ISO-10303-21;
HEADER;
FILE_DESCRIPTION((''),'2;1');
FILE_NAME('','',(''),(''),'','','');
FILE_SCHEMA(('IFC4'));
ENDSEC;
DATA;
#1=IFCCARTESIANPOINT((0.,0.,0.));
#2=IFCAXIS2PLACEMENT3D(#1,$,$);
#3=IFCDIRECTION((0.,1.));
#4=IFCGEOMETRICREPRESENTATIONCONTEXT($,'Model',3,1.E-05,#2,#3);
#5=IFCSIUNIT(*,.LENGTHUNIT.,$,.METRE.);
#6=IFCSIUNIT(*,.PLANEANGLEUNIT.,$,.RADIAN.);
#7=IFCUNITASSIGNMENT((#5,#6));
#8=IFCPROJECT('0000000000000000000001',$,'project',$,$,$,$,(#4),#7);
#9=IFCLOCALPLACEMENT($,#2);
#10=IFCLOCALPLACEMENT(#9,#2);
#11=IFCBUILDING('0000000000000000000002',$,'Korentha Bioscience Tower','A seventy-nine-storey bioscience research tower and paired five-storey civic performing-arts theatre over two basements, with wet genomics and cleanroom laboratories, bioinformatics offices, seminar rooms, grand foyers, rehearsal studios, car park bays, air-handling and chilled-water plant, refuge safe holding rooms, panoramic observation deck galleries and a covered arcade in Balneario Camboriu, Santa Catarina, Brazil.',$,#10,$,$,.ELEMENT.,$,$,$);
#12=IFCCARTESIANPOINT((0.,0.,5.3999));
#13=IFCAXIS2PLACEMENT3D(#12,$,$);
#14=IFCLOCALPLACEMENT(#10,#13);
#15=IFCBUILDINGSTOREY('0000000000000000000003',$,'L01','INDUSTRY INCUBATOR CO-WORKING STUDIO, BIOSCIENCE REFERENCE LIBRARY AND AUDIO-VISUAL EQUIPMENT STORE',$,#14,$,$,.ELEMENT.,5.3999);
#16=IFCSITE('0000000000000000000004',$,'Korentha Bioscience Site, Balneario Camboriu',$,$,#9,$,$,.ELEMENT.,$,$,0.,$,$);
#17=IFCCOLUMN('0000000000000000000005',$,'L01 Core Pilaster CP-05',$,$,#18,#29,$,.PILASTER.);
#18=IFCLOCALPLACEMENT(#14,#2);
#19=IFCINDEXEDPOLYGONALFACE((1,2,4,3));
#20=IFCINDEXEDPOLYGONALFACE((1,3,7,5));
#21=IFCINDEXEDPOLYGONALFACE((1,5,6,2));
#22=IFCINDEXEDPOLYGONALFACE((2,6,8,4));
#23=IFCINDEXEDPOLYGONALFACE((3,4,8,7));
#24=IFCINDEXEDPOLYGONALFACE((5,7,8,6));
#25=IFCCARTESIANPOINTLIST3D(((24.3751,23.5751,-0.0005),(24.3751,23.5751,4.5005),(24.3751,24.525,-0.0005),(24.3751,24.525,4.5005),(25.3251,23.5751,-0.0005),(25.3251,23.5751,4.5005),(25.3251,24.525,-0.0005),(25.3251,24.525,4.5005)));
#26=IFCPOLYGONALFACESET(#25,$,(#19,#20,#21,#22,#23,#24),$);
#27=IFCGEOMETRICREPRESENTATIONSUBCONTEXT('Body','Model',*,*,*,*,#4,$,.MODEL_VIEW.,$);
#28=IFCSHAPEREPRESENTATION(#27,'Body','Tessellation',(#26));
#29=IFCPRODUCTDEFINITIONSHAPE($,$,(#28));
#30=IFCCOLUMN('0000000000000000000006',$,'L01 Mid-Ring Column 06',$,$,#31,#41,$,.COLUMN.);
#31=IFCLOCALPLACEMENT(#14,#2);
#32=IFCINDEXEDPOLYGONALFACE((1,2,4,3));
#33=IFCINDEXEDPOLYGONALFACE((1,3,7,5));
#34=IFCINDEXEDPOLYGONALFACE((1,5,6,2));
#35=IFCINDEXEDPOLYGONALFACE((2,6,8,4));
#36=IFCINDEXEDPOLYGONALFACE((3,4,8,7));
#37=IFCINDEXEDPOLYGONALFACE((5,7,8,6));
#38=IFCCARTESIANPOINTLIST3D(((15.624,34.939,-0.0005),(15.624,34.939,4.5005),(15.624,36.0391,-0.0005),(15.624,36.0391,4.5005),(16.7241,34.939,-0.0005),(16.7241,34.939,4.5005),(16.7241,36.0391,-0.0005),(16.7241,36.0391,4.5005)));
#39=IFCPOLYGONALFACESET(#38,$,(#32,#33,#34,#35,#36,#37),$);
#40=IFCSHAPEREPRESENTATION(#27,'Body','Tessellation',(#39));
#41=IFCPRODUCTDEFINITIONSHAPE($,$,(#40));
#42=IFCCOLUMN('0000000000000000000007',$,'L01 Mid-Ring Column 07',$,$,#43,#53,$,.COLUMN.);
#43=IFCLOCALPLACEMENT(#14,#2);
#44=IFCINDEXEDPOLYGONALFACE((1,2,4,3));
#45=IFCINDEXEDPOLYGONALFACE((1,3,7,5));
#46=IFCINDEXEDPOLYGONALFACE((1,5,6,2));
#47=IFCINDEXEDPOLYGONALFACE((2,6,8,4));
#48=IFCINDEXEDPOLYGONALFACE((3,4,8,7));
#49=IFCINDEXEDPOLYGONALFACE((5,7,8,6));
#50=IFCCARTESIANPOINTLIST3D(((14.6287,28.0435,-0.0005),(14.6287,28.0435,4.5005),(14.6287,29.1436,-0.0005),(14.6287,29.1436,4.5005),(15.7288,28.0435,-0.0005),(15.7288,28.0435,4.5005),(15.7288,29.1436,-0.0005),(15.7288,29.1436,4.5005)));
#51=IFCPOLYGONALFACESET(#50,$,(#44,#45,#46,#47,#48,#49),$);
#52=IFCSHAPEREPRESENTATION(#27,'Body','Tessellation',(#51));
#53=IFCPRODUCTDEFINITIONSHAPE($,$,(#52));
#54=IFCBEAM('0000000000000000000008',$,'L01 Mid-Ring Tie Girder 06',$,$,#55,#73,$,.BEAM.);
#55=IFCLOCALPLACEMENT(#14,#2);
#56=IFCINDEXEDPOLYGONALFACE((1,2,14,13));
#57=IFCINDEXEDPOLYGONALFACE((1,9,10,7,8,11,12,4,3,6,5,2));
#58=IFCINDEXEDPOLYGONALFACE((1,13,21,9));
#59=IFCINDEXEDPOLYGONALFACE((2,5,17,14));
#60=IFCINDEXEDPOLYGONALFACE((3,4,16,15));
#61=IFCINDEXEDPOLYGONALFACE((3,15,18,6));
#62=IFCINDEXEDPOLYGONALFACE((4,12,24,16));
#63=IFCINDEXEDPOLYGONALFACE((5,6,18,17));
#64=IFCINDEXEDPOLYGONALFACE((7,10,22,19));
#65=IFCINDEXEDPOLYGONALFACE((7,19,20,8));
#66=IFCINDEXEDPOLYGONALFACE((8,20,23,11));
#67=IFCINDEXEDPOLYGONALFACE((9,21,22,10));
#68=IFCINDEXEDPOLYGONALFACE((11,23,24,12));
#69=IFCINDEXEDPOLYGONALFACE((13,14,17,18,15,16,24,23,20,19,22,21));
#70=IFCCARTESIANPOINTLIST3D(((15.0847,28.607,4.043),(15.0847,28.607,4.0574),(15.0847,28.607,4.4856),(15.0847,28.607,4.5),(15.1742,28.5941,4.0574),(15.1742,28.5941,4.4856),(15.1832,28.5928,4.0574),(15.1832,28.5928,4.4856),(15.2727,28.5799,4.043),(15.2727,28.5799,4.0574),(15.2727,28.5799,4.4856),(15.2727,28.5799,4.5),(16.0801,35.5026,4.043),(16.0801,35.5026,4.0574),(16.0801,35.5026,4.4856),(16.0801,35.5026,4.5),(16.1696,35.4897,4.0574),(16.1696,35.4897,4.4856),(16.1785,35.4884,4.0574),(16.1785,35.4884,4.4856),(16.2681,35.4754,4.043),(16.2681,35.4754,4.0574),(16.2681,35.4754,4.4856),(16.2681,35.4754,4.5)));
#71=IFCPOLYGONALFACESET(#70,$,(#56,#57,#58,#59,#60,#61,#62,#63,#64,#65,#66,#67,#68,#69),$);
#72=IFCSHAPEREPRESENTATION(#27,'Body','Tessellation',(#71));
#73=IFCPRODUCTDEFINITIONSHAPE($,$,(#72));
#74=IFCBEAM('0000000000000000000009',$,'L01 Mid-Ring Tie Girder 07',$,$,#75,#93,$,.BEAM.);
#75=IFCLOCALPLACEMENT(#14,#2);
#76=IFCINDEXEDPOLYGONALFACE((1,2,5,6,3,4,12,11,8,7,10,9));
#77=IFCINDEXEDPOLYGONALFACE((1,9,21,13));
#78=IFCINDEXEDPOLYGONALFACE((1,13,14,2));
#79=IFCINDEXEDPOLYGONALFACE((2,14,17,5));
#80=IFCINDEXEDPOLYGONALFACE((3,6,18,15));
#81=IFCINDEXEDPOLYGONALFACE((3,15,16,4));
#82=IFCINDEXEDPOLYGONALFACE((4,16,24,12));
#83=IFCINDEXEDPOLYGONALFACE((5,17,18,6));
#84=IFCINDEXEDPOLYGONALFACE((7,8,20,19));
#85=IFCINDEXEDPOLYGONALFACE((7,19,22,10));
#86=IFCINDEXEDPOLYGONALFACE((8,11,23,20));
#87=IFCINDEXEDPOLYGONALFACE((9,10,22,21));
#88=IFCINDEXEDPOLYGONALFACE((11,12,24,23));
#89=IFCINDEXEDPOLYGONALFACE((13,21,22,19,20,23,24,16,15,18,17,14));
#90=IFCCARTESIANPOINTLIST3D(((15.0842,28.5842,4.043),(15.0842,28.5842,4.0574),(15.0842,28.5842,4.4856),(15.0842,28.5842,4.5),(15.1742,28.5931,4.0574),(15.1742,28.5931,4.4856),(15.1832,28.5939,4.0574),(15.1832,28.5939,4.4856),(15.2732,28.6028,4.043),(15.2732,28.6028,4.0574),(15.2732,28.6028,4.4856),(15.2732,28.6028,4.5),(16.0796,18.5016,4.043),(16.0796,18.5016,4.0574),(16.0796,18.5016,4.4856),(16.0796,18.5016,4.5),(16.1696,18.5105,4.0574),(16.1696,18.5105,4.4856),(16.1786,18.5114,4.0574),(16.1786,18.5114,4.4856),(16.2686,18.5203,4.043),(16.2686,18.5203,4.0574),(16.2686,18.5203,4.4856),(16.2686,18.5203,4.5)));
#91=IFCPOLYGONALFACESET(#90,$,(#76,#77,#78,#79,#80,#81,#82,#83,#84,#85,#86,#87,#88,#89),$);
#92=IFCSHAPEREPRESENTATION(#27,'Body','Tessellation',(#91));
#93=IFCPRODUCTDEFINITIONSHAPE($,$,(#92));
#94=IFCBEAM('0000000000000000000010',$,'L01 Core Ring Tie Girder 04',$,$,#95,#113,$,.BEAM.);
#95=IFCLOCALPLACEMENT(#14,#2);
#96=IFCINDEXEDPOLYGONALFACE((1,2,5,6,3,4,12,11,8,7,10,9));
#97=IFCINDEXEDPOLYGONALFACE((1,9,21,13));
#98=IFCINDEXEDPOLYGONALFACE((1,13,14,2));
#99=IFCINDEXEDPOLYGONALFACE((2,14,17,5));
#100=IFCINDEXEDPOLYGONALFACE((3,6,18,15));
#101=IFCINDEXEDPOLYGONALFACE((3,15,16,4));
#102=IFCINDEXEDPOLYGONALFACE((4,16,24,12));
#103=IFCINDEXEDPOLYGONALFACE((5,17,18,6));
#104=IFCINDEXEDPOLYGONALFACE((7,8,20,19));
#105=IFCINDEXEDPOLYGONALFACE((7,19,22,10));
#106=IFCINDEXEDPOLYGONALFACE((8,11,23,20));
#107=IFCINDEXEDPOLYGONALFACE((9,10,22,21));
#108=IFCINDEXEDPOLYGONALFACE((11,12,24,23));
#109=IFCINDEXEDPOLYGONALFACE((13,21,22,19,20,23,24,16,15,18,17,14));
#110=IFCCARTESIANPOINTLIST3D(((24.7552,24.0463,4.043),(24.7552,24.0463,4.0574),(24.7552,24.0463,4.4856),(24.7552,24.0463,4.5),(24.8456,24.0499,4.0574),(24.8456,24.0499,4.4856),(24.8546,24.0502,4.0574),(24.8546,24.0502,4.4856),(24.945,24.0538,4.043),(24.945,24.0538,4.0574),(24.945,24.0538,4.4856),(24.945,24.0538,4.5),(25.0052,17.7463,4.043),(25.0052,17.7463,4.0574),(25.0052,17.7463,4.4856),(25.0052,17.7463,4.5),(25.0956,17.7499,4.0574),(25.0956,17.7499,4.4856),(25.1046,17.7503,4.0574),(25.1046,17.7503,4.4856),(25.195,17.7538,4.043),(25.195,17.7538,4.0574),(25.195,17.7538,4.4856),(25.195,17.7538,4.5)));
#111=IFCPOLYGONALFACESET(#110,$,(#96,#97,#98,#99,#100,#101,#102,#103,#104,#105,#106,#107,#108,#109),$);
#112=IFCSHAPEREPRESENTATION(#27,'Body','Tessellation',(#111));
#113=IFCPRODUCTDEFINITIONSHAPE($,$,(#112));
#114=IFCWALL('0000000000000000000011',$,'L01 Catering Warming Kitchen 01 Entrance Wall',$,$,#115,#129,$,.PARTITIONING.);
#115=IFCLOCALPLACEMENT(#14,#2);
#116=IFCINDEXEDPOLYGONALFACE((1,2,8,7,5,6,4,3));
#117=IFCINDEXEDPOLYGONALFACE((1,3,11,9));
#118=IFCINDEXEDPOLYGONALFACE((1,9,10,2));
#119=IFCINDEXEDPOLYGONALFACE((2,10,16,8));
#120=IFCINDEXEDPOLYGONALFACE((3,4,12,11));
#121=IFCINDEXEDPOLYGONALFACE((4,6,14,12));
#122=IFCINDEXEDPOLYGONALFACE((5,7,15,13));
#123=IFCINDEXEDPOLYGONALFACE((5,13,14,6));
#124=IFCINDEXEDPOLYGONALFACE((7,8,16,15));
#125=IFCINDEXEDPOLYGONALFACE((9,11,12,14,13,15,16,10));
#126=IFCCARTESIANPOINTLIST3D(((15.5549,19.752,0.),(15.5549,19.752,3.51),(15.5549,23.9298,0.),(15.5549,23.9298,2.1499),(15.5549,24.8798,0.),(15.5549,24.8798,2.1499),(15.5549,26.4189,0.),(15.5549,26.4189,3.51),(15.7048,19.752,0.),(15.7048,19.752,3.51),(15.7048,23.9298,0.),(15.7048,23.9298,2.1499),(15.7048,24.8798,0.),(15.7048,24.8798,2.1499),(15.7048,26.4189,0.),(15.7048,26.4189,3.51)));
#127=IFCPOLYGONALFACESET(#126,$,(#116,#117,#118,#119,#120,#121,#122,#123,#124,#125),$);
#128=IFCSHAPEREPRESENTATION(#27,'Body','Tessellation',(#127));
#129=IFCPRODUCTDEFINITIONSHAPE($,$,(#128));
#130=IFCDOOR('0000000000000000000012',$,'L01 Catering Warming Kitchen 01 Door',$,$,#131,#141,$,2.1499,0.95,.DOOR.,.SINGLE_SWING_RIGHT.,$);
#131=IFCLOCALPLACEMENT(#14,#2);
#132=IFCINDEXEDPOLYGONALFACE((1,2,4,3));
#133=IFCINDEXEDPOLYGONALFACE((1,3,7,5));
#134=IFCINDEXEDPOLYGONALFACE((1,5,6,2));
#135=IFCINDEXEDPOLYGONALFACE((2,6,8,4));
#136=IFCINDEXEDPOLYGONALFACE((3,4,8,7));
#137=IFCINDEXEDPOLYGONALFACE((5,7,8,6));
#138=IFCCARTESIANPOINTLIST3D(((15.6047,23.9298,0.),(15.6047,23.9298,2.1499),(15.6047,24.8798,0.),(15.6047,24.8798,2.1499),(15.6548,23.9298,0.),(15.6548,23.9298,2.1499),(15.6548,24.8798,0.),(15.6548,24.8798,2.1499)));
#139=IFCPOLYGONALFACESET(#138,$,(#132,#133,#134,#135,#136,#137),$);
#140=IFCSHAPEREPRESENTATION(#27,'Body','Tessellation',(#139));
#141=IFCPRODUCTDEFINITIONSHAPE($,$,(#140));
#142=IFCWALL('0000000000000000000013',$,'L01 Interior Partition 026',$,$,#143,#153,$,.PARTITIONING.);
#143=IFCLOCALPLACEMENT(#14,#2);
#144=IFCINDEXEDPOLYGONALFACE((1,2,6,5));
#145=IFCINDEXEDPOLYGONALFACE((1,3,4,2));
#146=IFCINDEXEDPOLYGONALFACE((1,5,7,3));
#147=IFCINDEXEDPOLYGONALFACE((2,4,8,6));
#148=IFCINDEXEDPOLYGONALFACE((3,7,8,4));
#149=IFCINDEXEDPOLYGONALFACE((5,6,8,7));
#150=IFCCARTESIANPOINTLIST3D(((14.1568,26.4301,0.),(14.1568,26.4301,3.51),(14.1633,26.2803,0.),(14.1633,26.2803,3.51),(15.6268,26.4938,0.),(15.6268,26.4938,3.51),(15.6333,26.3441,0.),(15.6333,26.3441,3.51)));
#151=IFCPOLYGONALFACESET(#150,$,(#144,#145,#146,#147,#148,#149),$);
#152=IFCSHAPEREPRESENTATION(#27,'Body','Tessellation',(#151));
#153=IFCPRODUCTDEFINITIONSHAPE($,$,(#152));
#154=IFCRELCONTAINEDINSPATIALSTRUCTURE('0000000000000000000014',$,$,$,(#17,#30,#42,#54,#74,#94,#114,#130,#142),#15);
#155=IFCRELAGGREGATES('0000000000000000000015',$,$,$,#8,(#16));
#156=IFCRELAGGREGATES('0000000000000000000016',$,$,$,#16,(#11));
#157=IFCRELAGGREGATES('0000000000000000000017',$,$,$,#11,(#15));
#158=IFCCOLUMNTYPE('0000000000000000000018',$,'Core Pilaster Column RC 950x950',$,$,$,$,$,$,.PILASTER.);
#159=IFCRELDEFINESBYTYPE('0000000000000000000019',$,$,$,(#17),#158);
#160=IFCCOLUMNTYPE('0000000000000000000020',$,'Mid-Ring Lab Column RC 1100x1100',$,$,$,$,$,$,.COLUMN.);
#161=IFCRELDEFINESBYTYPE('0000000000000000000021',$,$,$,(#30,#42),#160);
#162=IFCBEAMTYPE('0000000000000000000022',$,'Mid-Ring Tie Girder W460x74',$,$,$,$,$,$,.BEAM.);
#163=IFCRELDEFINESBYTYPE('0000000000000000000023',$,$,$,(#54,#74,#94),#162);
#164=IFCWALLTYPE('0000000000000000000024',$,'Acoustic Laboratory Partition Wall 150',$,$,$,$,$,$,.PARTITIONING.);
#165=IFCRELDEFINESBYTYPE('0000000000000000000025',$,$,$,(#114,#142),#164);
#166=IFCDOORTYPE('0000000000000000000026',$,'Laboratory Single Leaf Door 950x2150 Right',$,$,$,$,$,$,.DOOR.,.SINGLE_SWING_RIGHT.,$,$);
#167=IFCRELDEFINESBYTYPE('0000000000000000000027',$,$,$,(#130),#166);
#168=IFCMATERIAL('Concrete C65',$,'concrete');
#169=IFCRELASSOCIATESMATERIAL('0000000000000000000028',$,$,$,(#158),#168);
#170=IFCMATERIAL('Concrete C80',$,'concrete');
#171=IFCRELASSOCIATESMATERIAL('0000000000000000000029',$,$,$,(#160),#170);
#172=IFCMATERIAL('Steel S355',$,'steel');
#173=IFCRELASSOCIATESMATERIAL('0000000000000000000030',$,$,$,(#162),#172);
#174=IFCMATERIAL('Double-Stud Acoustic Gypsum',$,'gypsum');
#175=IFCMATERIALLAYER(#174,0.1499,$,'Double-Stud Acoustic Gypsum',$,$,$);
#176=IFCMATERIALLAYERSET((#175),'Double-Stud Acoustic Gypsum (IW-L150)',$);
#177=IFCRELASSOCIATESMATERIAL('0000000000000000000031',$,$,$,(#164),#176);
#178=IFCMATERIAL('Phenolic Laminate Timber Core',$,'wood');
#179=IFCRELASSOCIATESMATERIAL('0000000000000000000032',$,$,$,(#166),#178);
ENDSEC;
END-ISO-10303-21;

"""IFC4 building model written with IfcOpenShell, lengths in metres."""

from ifc_helpers import new_model, si_unit, direction, frame, frame_2d, origin, origin_2d, place, context, subcontext, project, spatial, rectangle, i_section, extrude, material, layer, layer_set, material_profile, profile_set, type_object, element, fill, save


model = new_model("IFC4")

# Units and contexts
model_context = context("Model", 3, precision=1e-05, world=origin(), true_north=direction((0.0, 1.0)))
body_context = subcontext(model_context, "Body", "Model", "MODEL_VIEW")
ifc_project = project(units=[si_unit("LENGTHUNIT", "METRE"), si_unit("PLANEANGLEUNIT", "RADIAN")], contexts=[model_context])

# Site, building, storey
site_placement = place(None, origin())
site = spatial("IfcSite", under=ifc_project, at=site_placement, Name="Korentha Bioscience Site, Balneario Camboriu", CompositionType="ELEMENT", RefElevation=0.0)
building_placement = place(site_placement, origin())
building = spatial("IfcBuilding", under=site, at=building_placement, Name="Korentha Bioscience Tower", Description="A seventy-nine-storey bioscience research tower and paired five-storey civic performing-arts theatre over two basements, with wet genomics and cleanroom laboratories, bioinformatics offices, seminar rooms, grand foyers, rehearsal studios, car park bays, air-handling and chilled-water plant, refuge safe holding rooms, panoramic observation deck galleries and a covered arcade in Balneario Camboriu, Santa Catarina, Brazil.", CompositionType="ELEMENT")
storey_placement = place(building_placement, frame((0.0, 0.0, 5.3999)))
storey = spatial("IfcBuildingStorey", under=building, at=storey_placement, Name="L01", Description="INDUSTRY INCUBATOR CO-WORKING STUDIO, BIOSCIENCE REFERENCE LIBRARY AND AUDIO-VISUAL EQUIPMENT STORE", CompositionType="ELEMENT", Elevation=5.3999)

# Columns
ifc_material_1 = material(Name="Concrete C65", Category="concrete")
ifc_material_profile_1 = material_profile(ifc_material_1, rectangle(XDim=0.95, YDim=0.95, at=origin_2d()), Name="Concrete C65")
ifc_profile_set_1 = profile_set([ifc_material_profile_1], Name="Concrete C65 (COL-CP09)")
column_type_1 = type_object("IfcColumnType", Name="Core Pilaster Column RC 950x950", PredefinedType="PILASTER", material=ifc_profile_set_1)
column_placement = place(storey_placement, frame((24.8501, 24.05, -0.0005), z_axis=(0.0, 0.0, 1.0), x_axis=(1.0, 0.0, 0.0)))
element("IfcColumn", 1, at=column_placement, inside=storey, type_object=column_type_1, Name="L01 Core Pilaster CP-05", PredefinedType="PILASTER", context=body_context, shape_type="SweptSolid", body=[
    extrude(rectangle(XDim=0.95, YDim=0.95, at=origin_2d()), origin(), (0.0, 0.0, 1.0), 4.501),
])
ifc_material_2 = material(Name="Concrete C80", Category="concrete")
ifc_material_profile_2 = material_profile(ifc_material_2, rectangle(XDim=1.1001, YDim=1.1001, at=origin_2d()), Name="Concrete C80")
ifc_profile_set_2 = profile_set([ifc_material_profile_2], Name="Concrete C80 (COL-MR11)")
column_type_2 = type_object("IfcColumnType", Name="Mid-Ring Lab Column RC 1100x1100", PredefinedType="COLUMN", material=ifc_profile_set_2)
for number, where, z_axis, x_axis, name in (
    (2, (16.1741, 35.489, -0.0005), (0.0, 0.0, 1.0), (1.0, 0.0, 0.0), "L01 Mid-Ring Column 06"),
    (3, (15.1787, 28.5935, -0.0005), (0.0, 0.0, 1.0), (1.0, 0.0, 0.0), "L01 Mid-Ring Column 07"),
):
    element("IfcColumn", number, at=place(storey_placement, frame(where, z_axis=z_axis, x_axis=x_axis)), inside=storey, type_object=column_type_2, Name=name, PredefinedType="COLUMN", context=body_context, shape_type="SweptSolid", body=[
        extrude(rectangle(XDim=1.1001, YDim=1.1001, at=origin_2d()), origin(), (0.0, 0.0, 1.0), 4.501),
    ])

# Beams
ifc_material_3 = material(Name="Steel S355", Category="steel")
ifc_material_profile_3 = material_profile(ifc_material_3, i_section(OverallWidth=0.1899, OverallDepth=0.457, WebThickness=0.009, FlangeThickness=0.0144, at=origin_2d()), Name="Steel S355")
ifc_profile_set_3 = profile_set([ifc_material_profile_3], Name="Steel S355 (MB-460)")
beam_type = type_object("IfcBeamType", Name="Mid-Ring Tie Girder W460x74", PredefinedType="BEAM", material=ifc_profile_set_3)
beam_1_placement = place(storey_placement, frame((16.1741, 35.489, 4.2715), z_axis=(-0.142868, -0.989742, 0.0), x_axis=(0.989742, -0.142868, 0.0)))
element("IfcBeam", 4, at=beam_1_placement, inside=storey, type_object=beam_type, Name="L01 Mid-Ring Tie Girder 06", PredefinedType="BEAM", context=body_context, shape_type="SweptSolid", body=[
    extrude(i_section(OverallWidth=0.1899, OverallDepth=0.457, WebThickness=0.009, FlangeThickness=0.0144, at=origin_2d()), origin(), (0.0, 0.0, 1.0), 6.967),
])
beam_2_placement = place(storey_placement, frame((15.1787, 28.5935, 4.2715), z_axis=(0.098244, -0.995162, 0.0), x_axis=(0.995162, 0.098244, 0.0)))
element("IfcBeam", 5, at=beam_2_placement, inside=storey, type_object=beam_type, Name="L01 Mid-Ring Tie Girder 07", PredefinedType="BEAM", context=body_context, shape_type="SweptSolid", body=[
    extrude(i_section(OverallWidth=0.1899, OverallDepth=0.457, WebThickness=0.009, FlangeThickness=0.0144, at=origin_2d()), origin(), (0.0, 0.0, 1.0), 10.1316),
])
beam_3_placement = place(storey_placement, frame((24.8501, 24.05, 4.2715), z_axis=(0.039651, -0.999214, 0.0), x_axis=(0.999214, 0.039651, 0.0)))
element("IfcBeam", 6, at=beam_3_placement, inside=storey, type_object=beam_type, Name="L01 Core Ring Tie Girder 04", PredefinedType="BEAM", context=body_context, shape_type="SweptSolid", body=[
    extrude(i_section(OverallWidth=0.1899, OverallDepth=0.457, WebThickness=0.009, FlangeThickness=0.0144, at=origin_2d()), origin(), (0.0, 0.0, 1.0), 6.3049),
])

# Wall, opening, door
ifc_material_4 = material(Name="Double-Stud Acoustic Gypsum", Category="gypsum")
ifc_layer_1 = layer(ifc_material_4, 0.1499, Name="Double-Stud Acoustic Gypsum")
ifc_layer_set_1 = layer_set([ifc_layer_1], Name="Double-Stud Acoustic Gypsum (IW-L150)")
wall_type_1 = type_object("IfcWallType", Name="Acoustic Laboratory Partition Wall 150", PredefinedType="PARTITIONING", material=ifc_layer_set_1)
wall_1_placement = place(storey_placement, frame((15.6299, 26.4189, 0.0), z_axis=(0.0, 0.0, 1.0), x_axis=(0.0, -1.0, 0.0)))
wall_1 = element("IfcWall", 7, at=wall_1_placement, inside=storey, type_object=wall_type_1, Name="L01 Catering Warming Kitchen 01 Entrance Wall", PredefinedType="PARTITIONING", context=body_context, shape_type="SweptSolid", body=[
    extrude(rectangle(XDim=6.667, YDim=0.1499, at=frame_2d((3.3335, 0.0))), origin(), (0.0, 0.0, 1.0), 3.51),
])
opening_1_placement = place(wall_1_placement, frame((1.5391, 0.0, 0.0)))
opening_1 = element("IfcOpeningElement", 8, at=opening_1_placement, cuts=wall_1, PredefinedType="OPENING", context=body_context, shape_type="SweptSolid", body=[
    extrude(rectangle(XDim=0.95, YDim=2.1499, at=frame_2d((0.4751, 1.075))), frame((0.0, 0.0898, 0.0), z_axis=(0.0, -1.0, 0.0), x_axis=(1.0, 0.0, 0.0)), (0.0, 0.0, 1.0), 0.1797),
])
ifc_material_5 = material(Name="Phenolic Laminate Timber Core", Category="wood")
door_type_1 = type_object("IfcDoorType", Name="Laboratory Single Leaf Door 950x2150 Right", OperationType="SINGLE_SWING_RIGHT", PredefinedType="DOOR", material=ifc_material_5)
door_1_placement = place(opening_1_placement, origin())
door_1 = element("IfcDoor", 9, at=door_1_placement, inside=storey, type_object=door_type_1, Name="L01 Catering Warming Kitchen 01 Door", OperationType="SINGLE_SWING_RIGHT", OverallHeight=2.1499, OverallWidth=0.95, PredefinedType="DOOR", context=body_context, shape_type="SweptSolid", body=[
    extrude(rectangle(XDim=0.95, YDim=2.1499, at=frame_2d((0.4751, 1.075))), frame((0.0, 0.0249, 0.0), z_axis=(0.0, -1.0, 0.0), x_axis=(1.0, 0.0, 0.0)), (0.0, 0.0, 1.0), 0.05),
])
fill(opening_1, door_1)

# Wall
wall_2_placement = place(storey_placement, frame((14.1599, 26.3552, 0.0), z_axis=(0.0, 0.0, 1.0), x_axis=(0.999062, 0.043308, 0.0)))
element("IfcWall", 10, at=wall_2_placement, inside=storey, type_object=wall_type_1, Name="L01 Interior Partition 026", PredefinedType="PARTITIONING", context=body_context, shape_type="SweptSolid", body=[
    extrude(rectangle(XDim=1.4714, YDim=0.1499, at=frame_2d((0.7358, 0.0))), origin(), (0.0, 0.0, 1.0), 3.51),
])

save(model, "model.ifc")
